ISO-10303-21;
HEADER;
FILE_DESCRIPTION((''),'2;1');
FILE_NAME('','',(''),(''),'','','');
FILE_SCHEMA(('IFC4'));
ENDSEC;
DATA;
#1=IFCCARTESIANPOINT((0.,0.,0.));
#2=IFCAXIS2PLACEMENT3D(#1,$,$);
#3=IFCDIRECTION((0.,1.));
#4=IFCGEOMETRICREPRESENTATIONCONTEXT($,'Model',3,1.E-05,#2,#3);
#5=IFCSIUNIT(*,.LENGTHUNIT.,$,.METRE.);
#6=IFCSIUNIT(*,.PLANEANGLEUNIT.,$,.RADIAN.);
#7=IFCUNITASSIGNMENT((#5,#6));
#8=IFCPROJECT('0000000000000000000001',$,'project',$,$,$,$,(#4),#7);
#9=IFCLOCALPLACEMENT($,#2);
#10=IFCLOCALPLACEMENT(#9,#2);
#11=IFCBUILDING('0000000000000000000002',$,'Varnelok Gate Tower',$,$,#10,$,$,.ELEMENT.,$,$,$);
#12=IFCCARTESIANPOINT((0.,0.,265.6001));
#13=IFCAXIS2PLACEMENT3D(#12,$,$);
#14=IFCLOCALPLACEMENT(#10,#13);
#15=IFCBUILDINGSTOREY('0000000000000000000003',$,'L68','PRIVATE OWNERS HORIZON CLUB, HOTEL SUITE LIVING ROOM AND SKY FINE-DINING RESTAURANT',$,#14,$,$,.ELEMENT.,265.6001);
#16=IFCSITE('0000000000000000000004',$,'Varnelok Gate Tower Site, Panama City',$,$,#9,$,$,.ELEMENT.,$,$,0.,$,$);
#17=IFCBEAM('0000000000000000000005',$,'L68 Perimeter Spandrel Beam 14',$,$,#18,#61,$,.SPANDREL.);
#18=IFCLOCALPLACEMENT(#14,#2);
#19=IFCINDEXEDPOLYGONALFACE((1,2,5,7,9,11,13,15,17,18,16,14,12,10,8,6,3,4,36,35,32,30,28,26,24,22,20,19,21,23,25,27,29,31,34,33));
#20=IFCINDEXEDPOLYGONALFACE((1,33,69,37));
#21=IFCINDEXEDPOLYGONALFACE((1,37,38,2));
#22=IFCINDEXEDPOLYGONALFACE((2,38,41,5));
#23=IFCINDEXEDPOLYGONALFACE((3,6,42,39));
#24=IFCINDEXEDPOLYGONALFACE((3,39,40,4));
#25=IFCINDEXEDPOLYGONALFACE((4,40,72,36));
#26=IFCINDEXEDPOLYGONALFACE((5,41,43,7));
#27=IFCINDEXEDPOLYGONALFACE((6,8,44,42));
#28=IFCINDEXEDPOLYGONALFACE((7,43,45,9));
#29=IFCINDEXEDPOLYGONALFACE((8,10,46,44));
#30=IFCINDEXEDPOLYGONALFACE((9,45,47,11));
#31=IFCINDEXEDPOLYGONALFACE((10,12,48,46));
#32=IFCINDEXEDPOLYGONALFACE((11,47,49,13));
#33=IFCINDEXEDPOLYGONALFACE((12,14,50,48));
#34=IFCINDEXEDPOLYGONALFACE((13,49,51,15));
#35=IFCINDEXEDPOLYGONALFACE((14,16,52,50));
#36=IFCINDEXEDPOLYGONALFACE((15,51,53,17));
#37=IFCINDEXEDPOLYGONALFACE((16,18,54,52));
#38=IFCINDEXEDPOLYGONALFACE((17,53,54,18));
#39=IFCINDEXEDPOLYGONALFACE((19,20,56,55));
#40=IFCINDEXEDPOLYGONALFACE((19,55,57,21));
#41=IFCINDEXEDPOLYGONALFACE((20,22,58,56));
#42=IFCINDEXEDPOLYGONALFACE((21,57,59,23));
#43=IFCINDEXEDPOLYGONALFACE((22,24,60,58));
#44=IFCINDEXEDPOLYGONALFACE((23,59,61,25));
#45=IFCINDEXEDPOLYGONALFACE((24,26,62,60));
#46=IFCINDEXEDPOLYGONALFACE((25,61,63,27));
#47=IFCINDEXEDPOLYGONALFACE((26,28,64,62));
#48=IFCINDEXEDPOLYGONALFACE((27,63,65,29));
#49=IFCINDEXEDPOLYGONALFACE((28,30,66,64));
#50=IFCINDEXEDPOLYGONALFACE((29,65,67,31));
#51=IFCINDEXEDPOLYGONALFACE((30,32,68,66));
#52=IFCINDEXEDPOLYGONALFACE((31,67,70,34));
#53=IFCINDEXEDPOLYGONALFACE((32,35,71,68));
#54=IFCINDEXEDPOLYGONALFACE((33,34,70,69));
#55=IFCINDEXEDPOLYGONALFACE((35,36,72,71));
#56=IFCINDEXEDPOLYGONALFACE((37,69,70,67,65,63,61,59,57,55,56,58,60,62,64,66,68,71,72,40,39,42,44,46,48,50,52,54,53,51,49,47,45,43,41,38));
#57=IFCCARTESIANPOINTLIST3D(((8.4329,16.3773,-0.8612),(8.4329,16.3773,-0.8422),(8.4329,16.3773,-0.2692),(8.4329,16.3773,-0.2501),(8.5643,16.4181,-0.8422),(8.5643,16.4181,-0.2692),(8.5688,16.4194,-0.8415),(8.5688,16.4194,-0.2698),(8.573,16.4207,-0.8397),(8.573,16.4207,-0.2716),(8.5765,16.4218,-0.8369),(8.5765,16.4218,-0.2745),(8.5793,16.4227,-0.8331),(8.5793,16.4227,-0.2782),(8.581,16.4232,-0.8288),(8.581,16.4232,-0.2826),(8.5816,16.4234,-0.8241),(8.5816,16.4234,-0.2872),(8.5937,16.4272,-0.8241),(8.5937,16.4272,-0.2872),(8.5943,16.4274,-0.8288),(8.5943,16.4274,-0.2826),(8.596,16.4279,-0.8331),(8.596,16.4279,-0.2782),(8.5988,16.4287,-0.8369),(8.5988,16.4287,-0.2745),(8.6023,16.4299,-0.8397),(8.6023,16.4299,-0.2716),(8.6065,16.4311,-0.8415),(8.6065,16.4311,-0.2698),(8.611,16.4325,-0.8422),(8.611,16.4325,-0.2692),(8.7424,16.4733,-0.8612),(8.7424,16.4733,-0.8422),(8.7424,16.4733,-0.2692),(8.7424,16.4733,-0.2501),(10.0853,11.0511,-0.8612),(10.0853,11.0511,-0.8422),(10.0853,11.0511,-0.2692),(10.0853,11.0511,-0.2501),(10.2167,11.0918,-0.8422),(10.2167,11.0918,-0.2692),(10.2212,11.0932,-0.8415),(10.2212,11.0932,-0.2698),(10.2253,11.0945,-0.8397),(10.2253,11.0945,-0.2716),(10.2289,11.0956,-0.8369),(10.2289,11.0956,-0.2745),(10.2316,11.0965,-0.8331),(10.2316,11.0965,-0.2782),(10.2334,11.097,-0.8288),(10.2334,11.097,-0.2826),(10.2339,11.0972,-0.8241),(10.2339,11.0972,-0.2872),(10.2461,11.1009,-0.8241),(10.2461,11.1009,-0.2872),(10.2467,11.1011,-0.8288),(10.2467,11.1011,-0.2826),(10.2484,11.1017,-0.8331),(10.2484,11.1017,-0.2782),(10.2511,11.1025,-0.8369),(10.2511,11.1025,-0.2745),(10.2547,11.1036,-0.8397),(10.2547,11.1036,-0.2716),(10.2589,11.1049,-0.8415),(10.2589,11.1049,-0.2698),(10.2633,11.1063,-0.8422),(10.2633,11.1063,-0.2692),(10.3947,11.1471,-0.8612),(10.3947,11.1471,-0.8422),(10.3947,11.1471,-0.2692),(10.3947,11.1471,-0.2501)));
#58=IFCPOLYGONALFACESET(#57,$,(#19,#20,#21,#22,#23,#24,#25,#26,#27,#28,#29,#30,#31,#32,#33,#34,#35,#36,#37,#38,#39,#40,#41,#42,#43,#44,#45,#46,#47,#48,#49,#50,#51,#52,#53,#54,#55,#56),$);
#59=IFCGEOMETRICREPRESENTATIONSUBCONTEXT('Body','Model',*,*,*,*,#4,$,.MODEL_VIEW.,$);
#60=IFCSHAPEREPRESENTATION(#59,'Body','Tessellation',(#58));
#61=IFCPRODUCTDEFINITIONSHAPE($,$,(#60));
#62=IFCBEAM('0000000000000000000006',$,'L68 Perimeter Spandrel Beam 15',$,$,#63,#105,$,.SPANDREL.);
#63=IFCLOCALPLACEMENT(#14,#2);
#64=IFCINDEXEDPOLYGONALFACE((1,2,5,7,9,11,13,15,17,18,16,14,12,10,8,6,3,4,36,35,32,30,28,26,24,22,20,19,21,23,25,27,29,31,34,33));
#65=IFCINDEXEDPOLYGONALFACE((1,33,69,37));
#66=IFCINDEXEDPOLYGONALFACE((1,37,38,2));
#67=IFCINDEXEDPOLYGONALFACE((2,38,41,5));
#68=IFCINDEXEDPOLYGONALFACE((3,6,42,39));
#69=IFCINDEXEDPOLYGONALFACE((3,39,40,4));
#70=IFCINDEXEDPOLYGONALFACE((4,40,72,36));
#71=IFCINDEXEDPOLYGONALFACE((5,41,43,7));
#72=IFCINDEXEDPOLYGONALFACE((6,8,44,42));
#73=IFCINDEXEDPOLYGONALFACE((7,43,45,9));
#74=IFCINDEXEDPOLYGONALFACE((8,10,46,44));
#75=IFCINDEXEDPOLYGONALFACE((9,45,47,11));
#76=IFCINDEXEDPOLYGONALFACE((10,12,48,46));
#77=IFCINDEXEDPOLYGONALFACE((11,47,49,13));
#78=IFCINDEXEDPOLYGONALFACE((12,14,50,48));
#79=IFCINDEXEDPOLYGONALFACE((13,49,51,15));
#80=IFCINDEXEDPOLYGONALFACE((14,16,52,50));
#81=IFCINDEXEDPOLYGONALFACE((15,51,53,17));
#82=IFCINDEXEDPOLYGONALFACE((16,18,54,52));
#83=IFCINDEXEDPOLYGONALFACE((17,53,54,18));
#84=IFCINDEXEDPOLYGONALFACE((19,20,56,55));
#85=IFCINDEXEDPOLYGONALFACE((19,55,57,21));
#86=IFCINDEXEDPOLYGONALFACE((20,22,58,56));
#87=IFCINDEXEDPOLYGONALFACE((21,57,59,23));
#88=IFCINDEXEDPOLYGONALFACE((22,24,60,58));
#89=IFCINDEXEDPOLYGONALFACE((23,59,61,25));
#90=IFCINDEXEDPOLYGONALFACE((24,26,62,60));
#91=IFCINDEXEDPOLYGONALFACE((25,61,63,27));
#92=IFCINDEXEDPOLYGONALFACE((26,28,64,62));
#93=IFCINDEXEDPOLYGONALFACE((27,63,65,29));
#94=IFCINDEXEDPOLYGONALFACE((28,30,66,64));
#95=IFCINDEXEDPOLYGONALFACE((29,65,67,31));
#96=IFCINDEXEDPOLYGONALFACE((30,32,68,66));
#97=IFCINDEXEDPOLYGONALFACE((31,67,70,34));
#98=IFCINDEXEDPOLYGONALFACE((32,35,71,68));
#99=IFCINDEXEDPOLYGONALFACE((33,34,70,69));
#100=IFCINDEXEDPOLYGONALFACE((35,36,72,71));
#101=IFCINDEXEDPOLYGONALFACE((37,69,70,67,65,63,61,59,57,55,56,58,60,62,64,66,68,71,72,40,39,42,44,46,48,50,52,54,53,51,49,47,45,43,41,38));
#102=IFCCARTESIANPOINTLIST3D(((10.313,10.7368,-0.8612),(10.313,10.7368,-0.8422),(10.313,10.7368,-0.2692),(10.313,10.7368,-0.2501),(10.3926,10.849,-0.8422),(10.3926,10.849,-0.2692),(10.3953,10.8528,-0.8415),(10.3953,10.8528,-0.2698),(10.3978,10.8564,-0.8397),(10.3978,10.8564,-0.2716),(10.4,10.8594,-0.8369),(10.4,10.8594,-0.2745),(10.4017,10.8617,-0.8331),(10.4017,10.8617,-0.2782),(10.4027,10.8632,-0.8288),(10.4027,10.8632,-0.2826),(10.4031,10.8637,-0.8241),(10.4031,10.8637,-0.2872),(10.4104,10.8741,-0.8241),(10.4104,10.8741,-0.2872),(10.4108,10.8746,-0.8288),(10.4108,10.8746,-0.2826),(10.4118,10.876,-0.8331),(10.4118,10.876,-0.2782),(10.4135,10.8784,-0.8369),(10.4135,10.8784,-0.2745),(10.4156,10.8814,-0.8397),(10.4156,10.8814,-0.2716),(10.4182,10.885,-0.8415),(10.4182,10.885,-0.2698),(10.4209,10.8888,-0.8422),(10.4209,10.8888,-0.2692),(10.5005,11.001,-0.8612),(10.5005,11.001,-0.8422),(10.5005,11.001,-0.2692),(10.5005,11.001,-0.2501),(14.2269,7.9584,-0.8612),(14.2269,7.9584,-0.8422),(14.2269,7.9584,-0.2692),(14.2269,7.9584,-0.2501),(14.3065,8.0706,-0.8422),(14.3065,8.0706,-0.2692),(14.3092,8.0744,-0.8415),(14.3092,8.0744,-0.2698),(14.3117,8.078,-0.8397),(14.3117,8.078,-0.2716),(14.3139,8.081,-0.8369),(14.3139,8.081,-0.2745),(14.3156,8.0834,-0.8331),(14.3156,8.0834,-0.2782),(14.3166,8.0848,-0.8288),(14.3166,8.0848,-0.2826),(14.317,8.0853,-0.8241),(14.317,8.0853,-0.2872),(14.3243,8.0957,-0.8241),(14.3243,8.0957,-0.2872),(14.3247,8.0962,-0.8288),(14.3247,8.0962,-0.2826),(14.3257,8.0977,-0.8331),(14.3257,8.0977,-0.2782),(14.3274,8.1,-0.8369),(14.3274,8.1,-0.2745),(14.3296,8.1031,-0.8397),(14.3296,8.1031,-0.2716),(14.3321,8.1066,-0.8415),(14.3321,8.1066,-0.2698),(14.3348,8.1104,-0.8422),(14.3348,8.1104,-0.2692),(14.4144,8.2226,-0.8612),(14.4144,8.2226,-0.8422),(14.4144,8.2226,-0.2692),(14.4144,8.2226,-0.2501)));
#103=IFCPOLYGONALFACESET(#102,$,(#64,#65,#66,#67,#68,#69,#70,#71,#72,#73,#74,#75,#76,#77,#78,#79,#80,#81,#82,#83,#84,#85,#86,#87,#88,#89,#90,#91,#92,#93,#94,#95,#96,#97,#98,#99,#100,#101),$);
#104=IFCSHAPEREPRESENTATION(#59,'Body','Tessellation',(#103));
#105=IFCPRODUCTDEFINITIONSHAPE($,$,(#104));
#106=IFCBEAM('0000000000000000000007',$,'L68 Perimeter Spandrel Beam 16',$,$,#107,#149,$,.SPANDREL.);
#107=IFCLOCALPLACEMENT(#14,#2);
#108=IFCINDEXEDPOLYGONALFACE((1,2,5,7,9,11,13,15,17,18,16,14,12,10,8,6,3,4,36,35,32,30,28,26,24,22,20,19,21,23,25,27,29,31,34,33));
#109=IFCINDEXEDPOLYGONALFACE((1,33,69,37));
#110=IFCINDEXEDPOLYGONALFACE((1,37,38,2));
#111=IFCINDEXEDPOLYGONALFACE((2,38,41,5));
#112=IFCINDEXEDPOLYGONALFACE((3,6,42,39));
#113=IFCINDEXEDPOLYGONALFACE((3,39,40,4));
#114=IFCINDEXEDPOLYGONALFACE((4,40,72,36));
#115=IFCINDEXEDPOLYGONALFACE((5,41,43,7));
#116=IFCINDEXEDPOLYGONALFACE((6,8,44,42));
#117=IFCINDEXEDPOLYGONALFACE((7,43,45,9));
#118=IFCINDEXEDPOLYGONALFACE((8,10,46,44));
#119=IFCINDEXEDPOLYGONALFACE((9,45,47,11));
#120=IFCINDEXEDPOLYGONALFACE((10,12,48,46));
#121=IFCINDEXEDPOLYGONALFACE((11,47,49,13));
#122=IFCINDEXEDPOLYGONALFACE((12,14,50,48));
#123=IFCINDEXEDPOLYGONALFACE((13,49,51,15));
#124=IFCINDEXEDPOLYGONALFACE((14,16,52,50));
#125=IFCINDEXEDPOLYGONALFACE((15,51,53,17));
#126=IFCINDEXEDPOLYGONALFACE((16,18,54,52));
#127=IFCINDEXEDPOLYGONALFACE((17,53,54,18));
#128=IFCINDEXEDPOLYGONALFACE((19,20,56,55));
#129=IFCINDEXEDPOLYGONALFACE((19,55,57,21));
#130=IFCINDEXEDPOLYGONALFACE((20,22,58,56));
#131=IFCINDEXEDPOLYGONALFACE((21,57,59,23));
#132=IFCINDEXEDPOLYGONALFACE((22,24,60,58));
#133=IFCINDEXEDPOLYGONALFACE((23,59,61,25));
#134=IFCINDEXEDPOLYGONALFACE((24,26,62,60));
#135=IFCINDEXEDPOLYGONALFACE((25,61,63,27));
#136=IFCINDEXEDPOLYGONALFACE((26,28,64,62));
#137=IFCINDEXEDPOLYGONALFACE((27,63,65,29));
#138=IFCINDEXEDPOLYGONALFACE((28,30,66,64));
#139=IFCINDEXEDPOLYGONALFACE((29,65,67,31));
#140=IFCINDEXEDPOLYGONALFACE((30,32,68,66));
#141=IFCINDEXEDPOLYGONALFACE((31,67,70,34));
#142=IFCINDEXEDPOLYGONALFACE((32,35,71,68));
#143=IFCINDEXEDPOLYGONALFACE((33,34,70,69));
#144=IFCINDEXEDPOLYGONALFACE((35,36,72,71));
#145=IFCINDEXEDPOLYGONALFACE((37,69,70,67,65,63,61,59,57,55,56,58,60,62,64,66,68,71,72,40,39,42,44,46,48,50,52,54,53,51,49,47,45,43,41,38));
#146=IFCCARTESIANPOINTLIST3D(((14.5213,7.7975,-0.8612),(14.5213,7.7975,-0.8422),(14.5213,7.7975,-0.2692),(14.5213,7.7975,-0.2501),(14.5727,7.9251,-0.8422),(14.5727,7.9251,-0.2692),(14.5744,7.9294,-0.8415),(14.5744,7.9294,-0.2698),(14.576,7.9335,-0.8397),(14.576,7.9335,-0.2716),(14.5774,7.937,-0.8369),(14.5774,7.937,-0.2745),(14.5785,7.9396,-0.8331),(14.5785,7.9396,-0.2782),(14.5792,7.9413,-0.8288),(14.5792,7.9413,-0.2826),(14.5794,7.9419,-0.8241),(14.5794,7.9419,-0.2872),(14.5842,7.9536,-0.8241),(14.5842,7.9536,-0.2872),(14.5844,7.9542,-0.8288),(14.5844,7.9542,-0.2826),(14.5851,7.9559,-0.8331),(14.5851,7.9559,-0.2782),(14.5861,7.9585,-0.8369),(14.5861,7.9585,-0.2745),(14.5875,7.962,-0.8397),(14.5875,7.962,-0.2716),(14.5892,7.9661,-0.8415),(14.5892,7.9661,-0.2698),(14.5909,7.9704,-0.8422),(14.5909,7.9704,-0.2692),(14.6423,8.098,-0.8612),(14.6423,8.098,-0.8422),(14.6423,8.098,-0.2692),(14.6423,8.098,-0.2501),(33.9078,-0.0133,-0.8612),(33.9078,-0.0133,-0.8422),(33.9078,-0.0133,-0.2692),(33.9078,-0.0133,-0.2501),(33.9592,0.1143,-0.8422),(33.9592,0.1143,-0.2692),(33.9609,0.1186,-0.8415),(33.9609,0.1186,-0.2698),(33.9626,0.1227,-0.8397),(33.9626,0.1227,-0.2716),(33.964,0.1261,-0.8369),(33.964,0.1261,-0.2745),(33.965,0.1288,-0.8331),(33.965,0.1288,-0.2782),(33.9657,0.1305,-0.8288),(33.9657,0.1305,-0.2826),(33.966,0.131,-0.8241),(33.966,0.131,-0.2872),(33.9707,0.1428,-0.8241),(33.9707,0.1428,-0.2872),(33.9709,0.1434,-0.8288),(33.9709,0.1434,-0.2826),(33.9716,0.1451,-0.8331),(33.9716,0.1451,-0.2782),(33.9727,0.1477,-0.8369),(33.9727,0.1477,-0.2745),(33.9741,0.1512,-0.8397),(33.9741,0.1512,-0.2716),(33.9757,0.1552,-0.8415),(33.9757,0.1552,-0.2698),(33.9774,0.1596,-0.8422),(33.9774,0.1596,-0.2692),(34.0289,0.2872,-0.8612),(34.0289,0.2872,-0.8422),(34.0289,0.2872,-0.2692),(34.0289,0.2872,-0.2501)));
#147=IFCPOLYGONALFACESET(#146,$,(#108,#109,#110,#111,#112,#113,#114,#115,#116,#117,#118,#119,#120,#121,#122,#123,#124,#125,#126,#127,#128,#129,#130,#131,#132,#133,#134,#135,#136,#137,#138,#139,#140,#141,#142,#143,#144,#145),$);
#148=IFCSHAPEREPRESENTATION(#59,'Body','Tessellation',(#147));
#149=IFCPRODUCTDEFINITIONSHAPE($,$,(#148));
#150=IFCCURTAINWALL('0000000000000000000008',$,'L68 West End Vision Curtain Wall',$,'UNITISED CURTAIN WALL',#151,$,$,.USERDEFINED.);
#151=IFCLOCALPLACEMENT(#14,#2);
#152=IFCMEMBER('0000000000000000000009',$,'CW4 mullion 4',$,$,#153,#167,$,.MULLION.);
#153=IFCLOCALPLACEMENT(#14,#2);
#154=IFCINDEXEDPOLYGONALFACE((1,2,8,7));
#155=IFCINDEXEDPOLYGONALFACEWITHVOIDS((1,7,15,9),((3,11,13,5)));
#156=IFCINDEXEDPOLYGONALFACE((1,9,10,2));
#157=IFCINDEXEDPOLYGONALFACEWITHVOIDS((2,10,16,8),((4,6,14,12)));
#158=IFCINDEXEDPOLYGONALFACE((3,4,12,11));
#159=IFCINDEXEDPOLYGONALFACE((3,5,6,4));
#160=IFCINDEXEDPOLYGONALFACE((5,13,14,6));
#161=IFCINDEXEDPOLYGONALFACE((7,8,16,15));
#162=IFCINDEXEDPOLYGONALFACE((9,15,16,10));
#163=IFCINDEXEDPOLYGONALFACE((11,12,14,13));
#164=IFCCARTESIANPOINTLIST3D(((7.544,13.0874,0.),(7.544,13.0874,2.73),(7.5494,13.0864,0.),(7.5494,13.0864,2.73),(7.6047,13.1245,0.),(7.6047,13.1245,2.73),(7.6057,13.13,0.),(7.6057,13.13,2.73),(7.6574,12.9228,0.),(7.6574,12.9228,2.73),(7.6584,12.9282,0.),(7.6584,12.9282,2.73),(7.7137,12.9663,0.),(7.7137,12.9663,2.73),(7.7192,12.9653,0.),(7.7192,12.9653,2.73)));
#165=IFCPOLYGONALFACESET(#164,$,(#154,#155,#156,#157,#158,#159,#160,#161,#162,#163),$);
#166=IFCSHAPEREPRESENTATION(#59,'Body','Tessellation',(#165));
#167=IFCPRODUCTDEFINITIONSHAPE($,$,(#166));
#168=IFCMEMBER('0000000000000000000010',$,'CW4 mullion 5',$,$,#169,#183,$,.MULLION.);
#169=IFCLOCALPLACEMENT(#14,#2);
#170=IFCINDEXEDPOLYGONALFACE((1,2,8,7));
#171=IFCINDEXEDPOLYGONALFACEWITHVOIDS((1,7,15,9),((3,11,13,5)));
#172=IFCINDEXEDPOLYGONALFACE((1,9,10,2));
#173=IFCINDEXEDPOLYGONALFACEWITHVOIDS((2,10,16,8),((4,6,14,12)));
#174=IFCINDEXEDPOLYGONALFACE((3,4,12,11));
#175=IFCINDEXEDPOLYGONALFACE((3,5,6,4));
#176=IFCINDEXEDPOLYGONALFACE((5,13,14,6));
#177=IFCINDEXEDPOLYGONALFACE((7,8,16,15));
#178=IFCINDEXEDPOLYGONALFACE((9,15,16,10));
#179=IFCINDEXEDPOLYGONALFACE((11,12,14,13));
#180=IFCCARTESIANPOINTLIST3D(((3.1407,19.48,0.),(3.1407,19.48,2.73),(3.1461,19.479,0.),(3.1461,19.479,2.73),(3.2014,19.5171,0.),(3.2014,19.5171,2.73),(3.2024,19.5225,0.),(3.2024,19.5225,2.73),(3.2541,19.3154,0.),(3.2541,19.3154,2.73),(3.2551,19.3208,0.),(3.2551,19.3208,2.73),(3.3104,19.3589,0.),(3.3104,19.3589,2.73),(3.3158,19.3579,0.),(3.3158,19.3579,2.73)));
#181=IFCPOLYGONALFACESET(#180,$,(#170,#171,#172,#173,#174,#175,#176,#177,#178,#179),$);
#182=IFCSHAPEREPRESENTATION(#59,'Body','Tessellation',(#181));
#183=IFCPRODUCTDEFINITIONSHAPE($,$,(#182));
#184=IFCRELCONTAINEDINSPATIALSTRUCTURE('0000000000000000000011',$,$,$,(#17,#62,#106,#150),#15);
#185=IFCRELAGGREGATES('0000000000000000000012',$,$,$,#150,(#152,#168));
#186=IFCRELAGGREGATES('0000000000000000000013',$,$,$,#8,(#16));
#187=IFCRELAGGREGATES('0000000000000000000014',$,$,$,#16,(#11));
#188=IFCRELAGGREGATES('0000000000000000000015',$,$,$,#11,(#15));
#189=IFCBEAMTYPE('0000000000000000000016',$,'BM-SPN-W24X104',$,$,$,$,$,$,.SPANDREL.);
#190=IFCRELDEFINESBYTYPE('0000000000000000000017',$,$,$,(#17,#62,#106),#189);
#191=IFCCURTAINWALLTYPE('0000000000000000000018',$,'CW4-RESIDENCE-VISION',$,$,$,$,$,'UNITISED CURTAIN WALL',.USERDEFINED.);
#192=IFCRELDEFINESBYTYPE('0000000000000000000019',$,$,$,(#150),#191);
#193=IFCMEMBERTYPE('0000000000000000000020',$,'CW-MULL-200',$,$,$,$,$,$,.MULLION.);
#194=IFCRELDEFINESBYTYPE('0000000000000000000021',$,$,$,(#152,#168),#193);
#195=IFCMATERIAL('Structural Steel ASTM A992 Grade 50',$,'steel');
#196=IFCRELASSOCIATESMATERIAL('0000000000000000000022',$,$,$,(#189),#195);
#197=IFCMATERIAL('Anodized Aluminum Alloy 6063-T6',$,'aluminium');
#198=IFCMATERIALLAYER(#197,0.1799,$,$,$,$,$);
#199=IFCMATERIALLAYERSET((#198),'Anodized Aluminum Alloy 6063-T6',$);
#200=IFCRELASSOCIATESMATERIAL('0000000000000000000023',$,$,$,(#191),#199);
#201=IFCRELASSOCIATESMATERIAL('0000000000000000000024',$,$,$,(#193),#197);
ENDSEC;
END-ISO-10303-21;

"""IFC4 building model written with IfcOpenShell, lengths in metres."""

from ifc_helpers import new_model, si_unit, direction, frame, origin, origin_2d, place, context, subcontext, project, spatial, hollow_rectangle, i_section, extrude, material, layer, layer_set, material_profile, profile_set, type_object, element, aggregate, save


model = new_model("IFC4")

# Units and contexts
model_context = context("Model", 3, precision=1e-05, world=origin(), true_north=direction((0.0, 1.0)))
body_context = subcontext(model_context, "Body", "Model", "MODEL_VIEW")
ifc_project = project(units=[si_unit("LENGTHUNIT", "METRE"), si_unit("PLANEANGLEUNIT", "RADIAN")], contexts=[model_context])

# Site, building, storey
site_placement = place(None, origin())
site = spatial("IfcSite", under=ifc_project, at=site_placement, Name="Varnelok Gate Tower Site, Panama City", CompositionType="ELEMENT", RefElevation=0.0)
building_placement = place(site_placement, origin())
building = spatial("IfcBuilding", under=site, at=building_placement, Name="Varnelok Gate Tower", CompositionType="ELEMENT")
storey_placement = place(building_placement, frame((0.0, 0.0, 265.6001)))
storey = spatial("IfcBuildingStorey", under=building, at=storey_placement, Name="L68", Description="PRIVATE OWNERS HORIZON CLUB, HOTEL SUITE LIVING ROOM AND SKY FINE-DINING RESTAURANT", CompositionType="ELEMENT", Elevation=265.6001)

# Shared definitions
ifc_material_1 = material(Name="Structural Steel ASTM A992 Grade 50", Category="steel")

# Beams
ifc_material_profile_1 = material_profile(ifc_material_1, i_section(OverallWidth=0.324, OverallDepth=0.6111, WebThickness=0.0127, FlangeThickness=0.019, FilletRadius=0.0181, at=origin_2d()), Name="W24X104")
ifc_profile_set_1 = profile_set([ifc_material_profile_1], Name="Structural Steel ASTM A992 Grade 50")
beam_type_1 = type_object("IfcBeamType", Name="BM-SPN-W24X104", PredefinedType="SPANDREL", material=ifc_profile_set_1)
beam_1_placement = place(storey_placement, frame((8.5876, 16.4253, -0.5557), z_axis=(0.2963, -0.955095, 0.0), x_axis=(0.955095, 0.2963, 0.0)))
element("IfcBeam", 1, at=beam_1_placement, inside=storey, type_object=beam_type_1, Name="L68 Perimeter Spandrel Beam 14", PredefinedType="SPANDREL", context=body_context, shape_type="SweptSolid", body=[
    extrude(i_section(OverallWidth=0.324, OverallDepth=0.6111, WebThickness=0.0127, FlangeThickness=0.019, FilletRadius=0.0181, at=origin_2d()), origin(), (0.0, 0.0, 1.0), 5.5767),
])
beam_2_placement = place(storey_placement, frame((10.4067, 10.8689, -0.5557), z_axis=(0.815431, -0.578854, 0.0), x_axis=(0.578854, 0.815431, 0.0)))
element("IfcBeam", 2, at=beam_2_placement, inside=storey, type_object=beam_type_1, Name="L68 Perimeter Spandrel Beam 15", PredefinedType="SPANDREL", context=body_context, shape_type="SweptSolid", body=[
    extrude(i_section(OverallWidth=0.324, OverallDepth=0.6111, WebThickness=0.0127, FlangeThickness=0.019, FilletRadius=0.0181, at=origin_2d()), origin(), (0.0, 0.0, 1.0), 4.7998),
])
beam_3_placement = place(storey_placement, frame((14.5818, 7.9478, -0.5557), z_axis=(0.927547, -0.373708, 0.0), x_axis=(0.373708, 0.927547, 0.0)))
element("IfcBeam", 3, at=beam_3_placement, inside=storey, type_object=beam_type_1, Name="L68 Perimeter Spandrel Beam 16", PredefinedType="SPANDREL", context=body_context, shape_type="SweptSolid", body=[
    extrude(i_section(OverallWidth=0.324, OverallDepth=0.6111, WebThickness=0.0127, FlangeThickness=0.019, FilletRadius=0.0181, at=origin_2d()), origin(), (0.0, 0.0, 1.0), 20.9009),
])

# Curtain wall, members
ifc_material_2 = material(Name="Anodized Aluminum Alloy 6063-T6", Category="aluminium")
ifc_layer_1 = layer(ifc_material_2, 0.1799)
ifc_layer_set_1 = layer_set([ifc_layer_1], Name="Anodized Aluminum Alloy 6063-T6")
curtain_wall_type = type_object("IfcCurtainWallType", Name="CW4-RESIDENCE-VISION", ElementType="UNITISED CURTAIN WALL", PredefinedType="USERDEFINED", material=ifc_layer_set_1)
curtain_wall_placement = place(storey_placement, origin())
curtain_wall = element("IfcCurtainWall", 4, at=curtain_wall_placement, inside=storey, type_object=curtain_wall_type, Name="L68 West End Vision Curtain Wall", ObjectType="UNITISED CURTAIN WALL", PredefinedType="USERDEFINED")
ifc_material_profile_2 = material_profile(ifc_material_2, hollow_rectangle(XDim=0.075, YDim=0.2, WallThickness=0.0039, at=origin_2d()), Name="ALU200X75X4")
ifc_profile_set_2 = profile_set([ifc_material_profile_2], Name="Anodized Aluminum Alloy 6063-T6")
member_type_1 = type_object("IfcMemberType", Name="CW-MULL-200", PredefinedType="MULLION", material=ifc_profile_set_2)
member_1_placement = place(storey_placement, frame((7.6316, 13.0264, 0.0), z_axis=(0.0, 0.0, 1.0), x_axis=(-0.823532, -0.567269, 0.0)))
member_1 = element("IfcMember", 5, at=member_1_placement, type_object=member_type_1, Name="CW4 mullion 4", PredefinedType="MULLION", context=body_context, shape_type="SweptSolid", body=[
    extrude(hollow_rectangle(XDim=0.075, YDim=0.2, WallThickness=0.0039, at=origin_2d()), origin(), (0.0, 0.0, 1.0), 2.73),
])
member_2_placement = place(storey_placement, frame((3.2283, 19.4189, 0.0), z_axis=(0.0, 0.0, 1.0), x_axis=(-0.823532, -0.567269, 0.0)))
member_2 = element("IfcMember", 6, at=member_2_placement, type_object=member_type_1, Name="CW4 mullion 5", PredefinedType="MULLION", context=body_context, shape_type="SweptSolid", body=[
    extrude(hollow_rectangle(XDim=0.075, YDim=0.2, WallThickness=0.0039, at=origin_2d()), origin(), (0.0, 0.0, 1.0), 2.73),
])
aggregate(curtain_wall, [member_1, member_2])

save(model, "model.ifc")
